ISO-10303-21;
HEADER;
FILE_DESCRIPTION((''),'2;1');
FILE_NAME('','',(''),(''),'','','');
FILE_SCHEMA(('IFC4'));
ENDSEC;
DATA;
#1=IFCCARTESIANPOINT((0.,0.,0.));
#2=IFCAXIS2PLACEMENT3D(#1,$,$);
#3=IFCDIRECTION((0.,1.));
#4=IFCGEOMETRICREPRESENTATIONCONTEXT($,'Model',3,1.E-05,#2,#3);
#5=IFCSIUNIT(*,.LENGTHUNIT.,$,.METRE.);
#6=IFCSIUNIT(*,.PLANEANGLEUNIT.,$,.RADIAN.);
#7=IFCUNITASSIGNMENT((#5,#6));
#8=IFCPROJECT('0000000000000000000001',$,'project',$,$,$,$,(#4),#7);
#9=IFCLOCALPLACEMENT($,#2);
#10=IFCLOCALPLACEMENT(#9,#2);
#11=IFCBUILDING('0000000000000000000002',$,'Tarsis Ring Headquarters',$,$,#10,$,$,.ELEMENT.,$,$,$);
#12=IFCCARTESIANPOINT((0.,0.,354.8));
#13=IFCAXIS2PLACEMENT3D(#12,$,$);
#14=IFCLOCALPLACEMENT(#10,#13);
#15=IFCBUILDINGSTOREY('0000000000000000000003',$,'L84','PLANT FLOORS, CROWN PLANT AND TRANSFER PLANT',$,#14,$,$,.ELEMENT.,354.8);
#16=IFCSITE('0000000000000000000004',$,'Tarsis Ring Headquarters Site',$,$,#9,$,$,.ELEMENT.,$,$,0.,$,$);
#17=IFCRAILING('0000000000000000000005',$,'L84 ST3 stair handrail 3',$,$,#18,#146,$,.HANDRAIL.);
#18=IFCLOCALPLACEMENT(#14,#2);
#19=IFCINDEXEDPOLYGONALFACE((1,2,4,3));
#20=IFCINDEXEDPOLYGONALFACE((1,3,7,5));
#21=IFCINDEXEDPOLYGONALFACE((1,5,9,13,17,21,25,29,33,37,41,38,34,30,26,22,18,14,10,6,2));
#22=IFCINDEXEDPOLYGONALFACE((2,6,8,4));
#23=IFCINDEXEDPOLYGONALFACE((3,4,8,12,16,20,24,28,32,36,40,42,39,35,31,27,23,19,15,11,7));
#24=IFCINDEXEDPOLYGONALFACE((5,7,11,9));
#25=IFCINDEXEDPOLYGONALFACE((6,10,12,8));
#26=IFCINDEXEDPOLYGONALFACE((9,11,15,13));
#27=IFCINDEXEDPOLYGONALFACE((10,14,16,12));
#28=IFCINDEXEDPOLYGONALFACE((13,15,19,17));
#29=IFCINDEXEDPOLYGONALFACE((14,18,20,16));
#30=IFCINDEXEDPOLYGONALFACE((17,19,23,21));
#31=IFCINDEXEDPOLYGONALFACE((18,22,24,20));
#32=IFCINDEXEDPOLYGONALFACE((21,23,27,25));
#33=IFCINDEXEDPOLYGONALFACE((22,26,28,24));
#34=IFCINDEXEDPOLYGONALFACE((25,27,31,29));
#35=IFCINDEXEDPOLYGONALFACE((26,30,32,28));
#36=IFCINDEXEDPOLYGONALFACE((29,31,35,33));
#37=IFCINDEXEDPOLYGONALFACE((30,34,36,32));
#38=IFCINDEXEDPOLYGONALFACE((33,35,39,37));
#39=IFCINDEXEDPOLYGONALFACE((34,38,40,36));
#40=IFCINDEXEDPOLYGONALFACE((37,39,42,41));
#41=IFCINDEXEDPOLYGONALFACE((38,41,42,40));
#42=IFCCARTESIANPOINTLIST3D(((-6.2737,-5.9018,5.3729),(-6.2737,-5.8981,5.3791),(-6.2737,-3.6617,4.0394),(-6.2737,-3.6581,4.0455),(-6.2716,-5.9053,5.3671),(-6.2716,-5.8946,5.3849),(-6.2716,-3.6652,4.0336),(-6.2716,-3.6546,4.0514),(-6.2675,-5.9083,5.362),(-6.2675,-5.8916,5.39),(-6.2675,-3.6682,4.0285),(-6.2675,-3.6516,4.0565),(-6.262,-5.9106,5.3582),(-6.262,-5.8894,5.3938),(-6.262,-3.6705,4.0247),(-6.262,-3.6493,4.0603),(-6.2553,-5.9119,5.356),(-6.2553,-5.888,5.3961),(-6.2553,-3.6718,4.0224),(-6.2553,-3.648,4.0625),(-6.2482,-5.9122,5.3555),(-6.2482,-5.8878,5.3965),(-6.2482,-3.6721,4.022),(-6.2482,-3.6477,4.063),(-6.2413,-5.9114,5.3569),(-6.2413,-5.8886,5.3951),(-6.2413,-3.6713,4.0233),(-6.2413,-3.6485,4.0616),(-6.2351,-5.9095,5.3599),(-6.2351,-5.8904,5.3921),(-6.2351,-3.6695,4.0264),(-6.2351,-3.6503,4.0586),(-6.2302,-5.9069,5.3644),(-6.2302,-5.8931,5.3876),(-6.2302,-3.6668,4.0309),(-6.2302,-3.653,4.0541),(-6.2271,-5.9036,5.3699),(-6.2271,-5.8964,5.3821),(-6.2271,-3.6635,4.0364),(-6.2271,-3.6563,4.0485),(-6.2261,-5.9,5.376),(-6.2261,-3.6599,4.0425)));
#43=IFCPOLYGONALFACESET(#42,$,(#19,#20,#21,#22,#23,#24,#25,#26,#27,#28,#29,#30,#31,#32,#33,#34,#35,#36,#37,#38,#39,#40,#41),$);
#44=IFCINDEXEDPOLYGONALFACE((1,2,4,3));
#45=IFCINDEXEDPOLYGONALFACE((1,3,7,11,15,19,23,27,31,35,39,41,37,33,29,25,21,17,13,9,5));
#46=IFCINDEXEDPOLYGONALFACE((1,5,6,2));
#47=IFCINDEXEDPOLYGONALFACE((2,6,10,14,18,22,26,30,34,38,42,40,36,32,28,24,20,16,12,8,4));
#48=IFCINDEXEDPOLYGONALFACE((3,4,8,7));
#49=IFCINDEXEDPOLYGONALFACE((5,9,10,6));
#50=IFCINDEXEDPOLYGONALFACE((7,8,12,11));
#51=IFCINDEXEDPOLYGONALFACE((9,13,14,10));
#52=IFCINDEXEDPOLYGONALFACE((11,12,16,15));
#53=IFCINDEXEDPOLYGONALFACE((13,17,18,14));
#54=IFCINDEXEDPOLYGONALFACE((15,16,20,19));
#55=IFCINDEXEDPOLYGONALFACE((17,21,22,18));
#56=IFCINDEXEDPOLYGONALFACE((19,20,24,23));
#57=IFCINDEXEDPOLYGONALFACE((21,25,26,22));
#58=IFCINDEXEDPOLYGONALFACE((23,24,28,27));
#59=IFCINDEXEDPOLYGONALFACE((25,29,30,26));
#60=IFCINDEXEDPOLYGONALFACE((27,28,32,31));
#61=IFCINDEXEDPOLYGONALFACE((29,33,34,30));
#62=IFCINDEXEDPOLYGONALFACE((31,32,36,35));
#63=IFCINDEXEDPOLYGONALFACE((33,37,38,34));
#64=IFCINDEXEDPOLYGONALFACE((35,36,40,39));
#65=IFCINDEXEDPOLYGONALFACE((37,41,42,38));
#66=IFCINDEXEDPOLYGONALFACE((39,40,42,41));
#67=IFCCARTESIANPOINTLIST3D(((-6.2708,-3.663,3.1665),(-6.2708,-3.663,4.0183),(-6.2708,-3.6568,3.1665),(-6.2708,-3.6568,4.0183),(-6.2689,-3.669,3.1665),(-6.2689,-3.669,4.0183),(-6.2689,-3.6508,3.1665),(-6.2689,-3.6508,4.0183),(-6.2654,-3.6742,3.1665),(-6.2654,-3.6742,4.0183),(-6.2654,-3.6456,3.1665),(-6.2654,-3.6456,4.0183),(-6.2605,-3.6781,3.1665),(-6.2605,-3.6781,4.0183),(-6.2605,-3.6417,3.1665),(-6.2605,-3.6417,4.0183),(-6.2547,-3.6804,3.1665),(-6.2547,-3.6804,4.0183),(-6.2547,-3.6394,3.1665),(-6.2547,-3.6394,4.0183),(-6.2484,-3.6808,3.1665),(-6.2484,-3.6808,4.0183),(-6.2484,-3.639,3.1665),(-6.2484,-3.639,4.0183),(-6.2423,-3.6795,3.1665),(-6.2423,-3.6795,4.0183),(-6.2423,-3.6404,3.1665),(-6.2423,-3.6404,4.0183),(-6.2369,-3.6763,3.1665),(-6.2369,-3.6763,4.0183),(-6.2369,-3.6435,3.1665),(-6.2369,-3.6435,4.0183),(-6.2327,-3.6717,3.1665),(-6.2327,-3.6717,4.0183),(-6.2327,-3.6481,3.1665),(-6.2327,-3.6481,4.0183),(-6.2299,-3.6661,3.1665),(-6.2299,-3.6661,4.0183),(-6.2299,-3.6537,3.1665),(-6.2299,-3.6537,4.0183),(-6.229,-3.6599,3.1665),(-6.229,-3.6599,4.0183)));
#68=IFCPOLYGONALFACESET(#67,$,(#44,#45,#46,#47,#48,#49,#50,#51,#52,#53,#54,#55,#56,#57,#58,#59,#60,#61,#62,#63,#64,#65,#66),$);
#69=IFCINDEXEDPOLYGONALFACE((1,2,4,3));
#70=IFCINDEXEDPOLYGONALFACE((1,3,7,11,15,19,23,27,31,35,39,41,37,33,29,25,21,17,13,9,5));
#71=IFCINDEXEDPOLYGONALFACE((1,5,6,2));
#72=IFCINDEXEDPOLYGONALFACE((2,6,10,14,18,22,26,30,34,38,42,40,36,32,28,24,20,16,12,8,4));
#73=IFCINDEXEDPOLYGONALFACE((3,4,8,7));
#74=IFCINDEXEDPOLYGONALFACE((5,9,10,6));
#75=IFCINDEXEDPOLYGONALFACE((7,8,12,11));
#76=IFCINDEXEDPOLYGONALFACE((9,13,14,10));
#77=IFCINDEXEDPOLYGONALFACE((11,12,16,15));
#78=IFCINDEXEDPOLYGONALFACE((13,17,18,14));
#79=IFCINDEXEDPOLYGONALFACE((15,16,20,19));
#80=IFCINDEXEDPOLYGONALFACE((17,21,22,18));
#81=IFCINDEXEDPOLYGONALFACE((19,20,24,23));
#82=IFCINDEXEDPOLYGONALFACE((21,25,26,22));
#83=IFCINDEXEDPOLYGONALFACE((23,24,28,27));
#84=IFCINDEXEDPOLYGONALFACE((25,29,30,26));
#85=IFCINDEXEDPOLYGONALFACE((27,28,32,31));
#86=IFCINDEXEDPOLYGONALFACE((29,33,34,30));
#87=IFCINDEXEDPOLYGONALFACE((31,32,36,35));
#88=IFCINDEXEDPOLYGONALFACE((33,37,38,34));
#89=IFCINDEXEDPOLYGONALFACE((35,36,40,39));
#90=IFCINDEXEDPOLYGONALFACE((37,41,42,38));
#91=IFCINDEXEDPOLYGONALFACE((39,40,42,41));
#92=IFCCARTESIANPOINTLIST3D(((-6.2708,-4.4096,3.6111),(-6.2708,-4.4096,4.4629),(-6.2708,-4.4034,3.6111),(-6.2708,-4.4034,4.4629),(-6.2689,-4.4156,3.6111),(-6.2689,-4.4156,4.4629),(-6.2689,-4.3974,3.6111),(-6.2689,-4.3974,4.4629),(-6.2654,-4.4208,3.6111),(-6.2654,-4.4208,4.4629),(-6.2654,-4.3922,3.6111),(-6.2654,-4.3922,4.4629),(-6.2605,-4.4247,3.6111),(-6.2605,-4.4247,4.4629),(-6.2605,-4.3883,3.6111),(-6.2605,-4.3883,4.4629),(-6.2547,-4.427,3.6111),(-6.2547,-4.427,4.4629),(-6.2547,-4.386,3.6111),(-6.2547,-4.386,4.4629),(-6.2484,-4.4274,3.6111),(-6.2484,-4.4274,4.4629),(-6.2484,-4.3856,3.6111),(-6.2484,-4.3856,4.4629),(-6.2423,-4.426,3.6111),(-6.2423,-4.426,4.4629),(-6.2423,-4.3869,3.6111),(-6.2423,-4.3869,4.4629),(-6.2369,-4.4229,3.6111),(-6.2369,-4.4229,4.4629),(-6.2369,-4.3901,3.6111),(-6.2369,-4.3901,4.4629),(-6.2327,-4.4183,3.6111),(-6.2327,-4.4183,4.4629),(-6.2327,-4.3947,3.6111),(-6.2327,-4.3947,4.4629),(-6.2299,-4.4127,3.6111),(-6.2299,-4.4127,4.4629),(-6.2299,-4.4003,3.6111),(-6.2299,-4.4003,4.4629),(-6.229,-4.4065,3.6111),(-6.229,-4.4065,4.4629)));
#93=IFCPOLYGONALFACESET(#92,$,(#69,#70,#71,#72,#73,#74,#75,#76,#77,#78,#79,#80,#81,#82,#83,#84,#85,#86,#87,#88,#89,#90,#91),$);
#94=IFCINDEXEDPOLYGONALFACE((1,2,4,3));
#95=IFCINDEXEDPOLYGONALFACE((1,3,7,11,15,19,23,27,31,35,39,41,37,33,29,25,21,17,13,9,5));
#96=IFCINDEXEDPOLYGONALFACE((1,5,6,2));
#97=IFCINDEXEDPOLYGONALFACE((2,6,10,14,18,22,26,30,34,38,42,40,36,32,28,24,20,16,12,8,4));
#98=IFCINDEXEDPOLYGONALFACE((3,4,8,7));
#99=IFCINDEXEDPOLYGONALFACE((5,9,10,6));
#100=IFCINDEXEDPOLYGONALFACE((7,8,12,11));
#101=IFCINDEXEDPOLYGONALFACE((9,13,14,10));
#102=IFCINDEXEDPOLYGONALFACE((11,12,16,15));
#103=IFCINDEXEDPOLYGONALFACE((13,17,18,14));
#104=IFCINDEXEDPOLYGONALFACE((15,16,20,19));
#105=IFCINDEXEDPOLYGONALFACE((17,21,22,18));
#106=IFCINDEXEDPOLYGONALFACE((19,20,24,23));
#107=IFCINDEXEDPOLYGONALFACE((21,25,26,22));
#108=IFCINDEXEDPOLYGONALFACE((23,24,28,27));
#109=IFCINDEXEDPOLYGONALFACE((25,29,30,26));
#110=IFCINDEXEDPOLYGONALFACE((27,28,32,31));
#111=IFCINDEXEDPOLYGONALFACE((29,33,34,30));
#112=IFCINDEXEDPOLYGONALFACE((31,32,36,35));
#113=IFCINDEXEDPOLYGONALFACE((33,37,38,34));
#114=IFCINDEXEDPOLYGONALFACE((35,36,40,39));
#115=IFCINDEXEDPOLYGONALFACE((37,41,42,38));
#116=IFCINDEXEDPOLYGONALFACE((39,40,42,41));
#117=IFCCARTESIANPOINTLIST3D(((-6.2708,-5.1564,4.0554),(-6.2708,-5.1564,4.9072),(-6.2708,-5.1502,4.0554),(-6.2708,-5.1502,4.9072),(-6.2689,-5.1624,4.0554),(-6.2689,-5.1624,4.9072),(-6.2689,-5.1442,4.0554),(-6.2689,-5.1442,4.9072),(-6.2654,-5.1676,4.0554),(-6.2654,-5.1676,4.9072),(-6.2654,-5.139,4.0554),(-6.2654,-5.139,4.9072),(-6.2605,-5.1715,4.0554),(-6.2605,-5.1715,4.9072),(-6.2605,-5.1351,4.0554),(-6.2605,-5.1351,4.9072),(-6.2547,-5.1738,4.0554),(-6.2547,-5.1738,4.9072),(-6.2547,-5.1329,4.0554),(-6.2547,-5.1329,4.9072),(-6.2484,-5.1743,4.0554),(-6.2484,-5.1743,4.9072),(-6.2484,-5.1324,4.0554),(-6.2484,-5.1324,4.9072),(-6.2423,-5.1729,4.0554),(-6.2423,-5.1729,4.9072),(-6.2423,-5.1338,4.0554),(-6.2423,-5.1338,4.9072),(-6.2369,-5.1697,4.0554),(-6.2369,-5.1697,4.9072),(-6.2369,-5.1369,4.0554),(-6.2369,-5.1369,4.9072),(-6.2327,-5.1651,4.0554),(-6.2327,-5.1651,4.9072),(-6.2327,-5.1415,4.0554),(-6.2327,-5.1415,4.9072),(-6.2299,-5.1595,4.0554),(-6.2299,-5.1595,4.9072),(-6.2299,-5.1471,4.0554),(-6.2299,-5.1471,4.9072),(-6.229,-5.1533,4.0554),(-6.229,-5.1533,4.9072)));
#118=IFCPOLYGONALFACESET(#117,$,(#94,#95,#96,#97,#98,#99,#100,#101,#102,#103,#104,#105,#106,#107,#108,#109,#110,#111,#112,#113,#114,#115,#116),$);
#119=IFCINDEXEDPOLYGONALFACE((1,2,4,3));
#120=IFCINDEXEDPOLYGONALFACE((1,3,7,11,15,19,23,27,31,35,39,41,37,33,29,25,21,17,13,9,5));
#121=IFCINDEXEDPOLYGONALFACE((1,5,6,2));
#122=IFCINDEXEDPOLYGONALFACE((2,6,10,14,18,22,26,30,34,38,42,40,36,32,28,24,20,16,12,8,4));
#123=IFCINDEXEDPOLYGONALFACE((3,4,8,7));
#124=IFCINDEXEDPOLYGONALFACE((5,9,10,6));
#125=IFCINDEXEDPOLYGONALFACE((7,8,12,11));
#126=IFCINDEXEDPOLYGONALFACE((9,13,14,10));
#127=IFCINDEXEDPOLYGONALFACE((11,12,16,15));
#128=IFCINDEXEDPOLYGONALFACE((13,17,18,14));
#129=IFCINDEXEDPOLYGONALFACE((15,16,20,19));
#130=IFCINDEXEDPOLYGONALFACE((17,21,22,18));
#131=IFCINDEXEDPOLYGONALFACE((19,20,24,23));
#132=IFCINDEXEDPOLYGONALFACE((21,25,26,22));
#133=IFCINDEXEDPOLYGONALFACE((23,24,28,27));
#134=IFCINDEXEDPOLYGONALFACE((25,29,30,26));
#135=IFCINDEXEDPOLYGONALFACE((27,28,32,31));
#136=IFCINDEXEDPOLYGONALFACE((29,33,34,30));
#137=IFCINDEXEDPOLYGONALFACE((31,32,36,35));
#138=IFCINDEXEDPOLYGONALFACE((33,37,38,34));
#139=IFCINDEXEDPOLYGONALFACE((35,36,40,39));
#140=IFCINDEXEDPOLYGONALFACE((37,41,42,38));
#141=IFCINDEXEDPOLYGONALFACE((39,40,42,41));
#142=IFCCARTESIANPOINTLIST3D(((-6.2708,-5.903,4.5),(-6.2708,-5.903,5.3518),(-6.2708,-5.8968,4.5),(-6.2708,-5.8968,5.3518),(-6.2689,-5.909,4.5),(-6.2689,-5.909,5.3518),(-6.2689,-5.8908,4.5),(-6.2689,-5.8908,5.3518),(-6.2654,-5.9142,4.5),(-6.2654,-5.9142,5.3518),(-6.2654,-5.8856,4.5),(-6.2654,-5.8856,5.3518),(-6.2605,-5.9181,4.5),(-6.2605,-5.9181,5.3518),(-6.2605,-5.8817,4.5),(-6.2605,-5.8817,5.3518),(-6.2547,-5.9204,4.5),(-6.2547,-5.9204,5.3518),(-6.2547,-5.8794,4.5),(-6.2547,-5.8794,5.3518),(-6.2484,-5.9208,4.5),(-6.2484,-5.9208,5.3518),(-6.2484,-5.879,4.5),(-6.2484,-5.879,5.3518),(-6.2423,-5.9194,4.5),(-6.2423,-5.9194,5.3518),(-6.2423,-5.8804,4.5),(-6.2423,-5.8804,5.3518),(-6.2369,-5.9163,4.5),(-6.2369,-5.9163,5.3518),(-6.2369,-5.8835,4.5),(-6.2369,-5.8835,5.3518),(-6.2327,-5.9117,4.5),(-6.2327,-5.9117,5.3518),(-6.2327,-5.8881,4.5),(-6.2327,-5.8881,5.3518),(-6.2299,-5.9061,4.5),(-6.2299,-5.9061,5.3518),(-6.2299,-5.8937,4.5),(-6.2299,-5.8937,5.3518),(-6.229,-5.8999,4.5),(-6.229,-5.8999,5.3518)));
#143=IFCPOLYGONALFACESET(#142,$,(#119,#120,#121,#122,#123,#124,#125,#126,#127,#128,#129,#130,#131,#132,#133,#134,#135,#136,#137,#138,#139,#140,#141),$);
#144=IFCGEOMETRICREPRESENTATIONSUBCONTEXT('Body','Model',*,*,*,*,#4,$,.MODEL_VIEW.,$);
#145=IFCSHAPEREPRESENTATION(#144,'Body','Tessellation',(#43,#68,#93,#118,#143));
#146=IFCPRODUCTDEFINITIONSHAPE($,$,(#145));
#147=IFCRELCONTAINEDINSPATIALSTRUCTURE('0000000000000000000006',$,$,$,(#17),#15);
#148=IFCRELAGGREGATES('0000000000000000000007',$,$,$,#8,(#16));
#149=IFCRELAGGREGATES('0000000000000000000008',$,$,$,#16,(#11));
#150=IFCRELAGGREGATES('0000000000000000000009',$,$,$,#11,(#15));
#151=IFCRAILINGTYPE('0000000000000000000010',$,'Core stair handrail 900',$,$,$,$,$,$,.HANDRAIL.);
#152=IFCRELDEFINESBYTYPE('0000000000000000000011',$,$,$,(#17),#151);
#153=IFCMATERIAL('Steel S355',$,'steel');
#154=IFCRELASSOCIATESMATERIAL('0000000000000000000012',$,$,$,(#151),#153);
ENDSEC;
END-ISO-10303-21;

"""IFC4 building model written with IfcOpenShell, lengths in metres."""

from ifc_helpers import new_model, si_unit, direction, frame, origin, origin_2d, place, context, subcontext, project, spatial, circle, extrude, material, type_object, element, save


model = new_model("IFC4")

# Units and contexts
model_context = context("Model", 3, precision=1e-05, world=origin(), true_north=direction((0.0, 1.0)))
body_context = subcontext(model_context, "Body", "Model", "MODEL_VIEW")
ifc_project = project(units=[si_unit("LENGTHUNIT", "METRE"), si_unit("PLANEANGLEUNIT", "RADIAN")], contexts=[model_context])

# Site, building, storey
site_placement = place(None, origin())
site = spatial("IfcSite", under=ifc_project, at=site_placement, Name="Tarsis Ring Headquarters Site", CompositionType="ELEMENT", RefElevation=0.0)
building_placement = place(site_placement, origin())
building = spatial("IfcBuilding", under=site, at=building_placement, Name="Tarsis Ring Headquarters", CompositionType="ELEMENT")
storey_placement = place(building_placement, frame((0.0, 0.0, 354.8)))
storey = spatial("IfcBuildingStorey", under=building, at=storey_placement, Name="L84", Description="PLANT FLOORS, CROWN PLANT AND TRANSFER PLANT", CompositionType="ELEMENT", Elevation=354.8)

# Railing
ifc_material_1 = material(Name="Steel S355", Category="steel")
railing_type_1 = type_object("IfcRailingType", Name="Core stair handrail 900", PredefinedType="HANDRAIL", material=ifc_material_1)
railing_1_placement = place(storey_placement, frame((-6.25, -3.6599, 3.1665)))
element("IfcRailing", 1, at=railing_1_placement, inside=storey, type_object=railing_type_1, Name="L84 ST3 stair handrail 3", PredefinedType="HANDRAIL", context=body_context, shape_type="SweptSolid", body=[
    extrude(circle(Radius=0.0239, at=origin_2d()), frame((0.0, 0.0, 0.876), z_axis=(0.0, -0.859264, 0.511532), x_axis=(1.0, 0.0, 0.0)), (0.0, 0.0, 1.0), 2.6069),
    extrude(circle(Radius=0.021, at=origin_2d()), origin(), (0.0, 0.0, 1.0), 0.8518),
    extrude(circle(Radius=0.021, at=origin_2d()), frame((0.0, -0.7466, 0.4446)), (0.0, 0.0, 1.0), 0.8518),
    extrude(circle(Radius=0.021, at=origin_2d()), frame((0.0, -1.4934, 0.8889)), (0.0, 0.0, 1.0), 0.8518),
    extrude(circle(Radius=0.021, at=origin_2d()), frame((0.0, -2.24, 1.3335)), (0.0, 0.0, 1.0), 0.8518),
])

save(model, "model.ifc")
